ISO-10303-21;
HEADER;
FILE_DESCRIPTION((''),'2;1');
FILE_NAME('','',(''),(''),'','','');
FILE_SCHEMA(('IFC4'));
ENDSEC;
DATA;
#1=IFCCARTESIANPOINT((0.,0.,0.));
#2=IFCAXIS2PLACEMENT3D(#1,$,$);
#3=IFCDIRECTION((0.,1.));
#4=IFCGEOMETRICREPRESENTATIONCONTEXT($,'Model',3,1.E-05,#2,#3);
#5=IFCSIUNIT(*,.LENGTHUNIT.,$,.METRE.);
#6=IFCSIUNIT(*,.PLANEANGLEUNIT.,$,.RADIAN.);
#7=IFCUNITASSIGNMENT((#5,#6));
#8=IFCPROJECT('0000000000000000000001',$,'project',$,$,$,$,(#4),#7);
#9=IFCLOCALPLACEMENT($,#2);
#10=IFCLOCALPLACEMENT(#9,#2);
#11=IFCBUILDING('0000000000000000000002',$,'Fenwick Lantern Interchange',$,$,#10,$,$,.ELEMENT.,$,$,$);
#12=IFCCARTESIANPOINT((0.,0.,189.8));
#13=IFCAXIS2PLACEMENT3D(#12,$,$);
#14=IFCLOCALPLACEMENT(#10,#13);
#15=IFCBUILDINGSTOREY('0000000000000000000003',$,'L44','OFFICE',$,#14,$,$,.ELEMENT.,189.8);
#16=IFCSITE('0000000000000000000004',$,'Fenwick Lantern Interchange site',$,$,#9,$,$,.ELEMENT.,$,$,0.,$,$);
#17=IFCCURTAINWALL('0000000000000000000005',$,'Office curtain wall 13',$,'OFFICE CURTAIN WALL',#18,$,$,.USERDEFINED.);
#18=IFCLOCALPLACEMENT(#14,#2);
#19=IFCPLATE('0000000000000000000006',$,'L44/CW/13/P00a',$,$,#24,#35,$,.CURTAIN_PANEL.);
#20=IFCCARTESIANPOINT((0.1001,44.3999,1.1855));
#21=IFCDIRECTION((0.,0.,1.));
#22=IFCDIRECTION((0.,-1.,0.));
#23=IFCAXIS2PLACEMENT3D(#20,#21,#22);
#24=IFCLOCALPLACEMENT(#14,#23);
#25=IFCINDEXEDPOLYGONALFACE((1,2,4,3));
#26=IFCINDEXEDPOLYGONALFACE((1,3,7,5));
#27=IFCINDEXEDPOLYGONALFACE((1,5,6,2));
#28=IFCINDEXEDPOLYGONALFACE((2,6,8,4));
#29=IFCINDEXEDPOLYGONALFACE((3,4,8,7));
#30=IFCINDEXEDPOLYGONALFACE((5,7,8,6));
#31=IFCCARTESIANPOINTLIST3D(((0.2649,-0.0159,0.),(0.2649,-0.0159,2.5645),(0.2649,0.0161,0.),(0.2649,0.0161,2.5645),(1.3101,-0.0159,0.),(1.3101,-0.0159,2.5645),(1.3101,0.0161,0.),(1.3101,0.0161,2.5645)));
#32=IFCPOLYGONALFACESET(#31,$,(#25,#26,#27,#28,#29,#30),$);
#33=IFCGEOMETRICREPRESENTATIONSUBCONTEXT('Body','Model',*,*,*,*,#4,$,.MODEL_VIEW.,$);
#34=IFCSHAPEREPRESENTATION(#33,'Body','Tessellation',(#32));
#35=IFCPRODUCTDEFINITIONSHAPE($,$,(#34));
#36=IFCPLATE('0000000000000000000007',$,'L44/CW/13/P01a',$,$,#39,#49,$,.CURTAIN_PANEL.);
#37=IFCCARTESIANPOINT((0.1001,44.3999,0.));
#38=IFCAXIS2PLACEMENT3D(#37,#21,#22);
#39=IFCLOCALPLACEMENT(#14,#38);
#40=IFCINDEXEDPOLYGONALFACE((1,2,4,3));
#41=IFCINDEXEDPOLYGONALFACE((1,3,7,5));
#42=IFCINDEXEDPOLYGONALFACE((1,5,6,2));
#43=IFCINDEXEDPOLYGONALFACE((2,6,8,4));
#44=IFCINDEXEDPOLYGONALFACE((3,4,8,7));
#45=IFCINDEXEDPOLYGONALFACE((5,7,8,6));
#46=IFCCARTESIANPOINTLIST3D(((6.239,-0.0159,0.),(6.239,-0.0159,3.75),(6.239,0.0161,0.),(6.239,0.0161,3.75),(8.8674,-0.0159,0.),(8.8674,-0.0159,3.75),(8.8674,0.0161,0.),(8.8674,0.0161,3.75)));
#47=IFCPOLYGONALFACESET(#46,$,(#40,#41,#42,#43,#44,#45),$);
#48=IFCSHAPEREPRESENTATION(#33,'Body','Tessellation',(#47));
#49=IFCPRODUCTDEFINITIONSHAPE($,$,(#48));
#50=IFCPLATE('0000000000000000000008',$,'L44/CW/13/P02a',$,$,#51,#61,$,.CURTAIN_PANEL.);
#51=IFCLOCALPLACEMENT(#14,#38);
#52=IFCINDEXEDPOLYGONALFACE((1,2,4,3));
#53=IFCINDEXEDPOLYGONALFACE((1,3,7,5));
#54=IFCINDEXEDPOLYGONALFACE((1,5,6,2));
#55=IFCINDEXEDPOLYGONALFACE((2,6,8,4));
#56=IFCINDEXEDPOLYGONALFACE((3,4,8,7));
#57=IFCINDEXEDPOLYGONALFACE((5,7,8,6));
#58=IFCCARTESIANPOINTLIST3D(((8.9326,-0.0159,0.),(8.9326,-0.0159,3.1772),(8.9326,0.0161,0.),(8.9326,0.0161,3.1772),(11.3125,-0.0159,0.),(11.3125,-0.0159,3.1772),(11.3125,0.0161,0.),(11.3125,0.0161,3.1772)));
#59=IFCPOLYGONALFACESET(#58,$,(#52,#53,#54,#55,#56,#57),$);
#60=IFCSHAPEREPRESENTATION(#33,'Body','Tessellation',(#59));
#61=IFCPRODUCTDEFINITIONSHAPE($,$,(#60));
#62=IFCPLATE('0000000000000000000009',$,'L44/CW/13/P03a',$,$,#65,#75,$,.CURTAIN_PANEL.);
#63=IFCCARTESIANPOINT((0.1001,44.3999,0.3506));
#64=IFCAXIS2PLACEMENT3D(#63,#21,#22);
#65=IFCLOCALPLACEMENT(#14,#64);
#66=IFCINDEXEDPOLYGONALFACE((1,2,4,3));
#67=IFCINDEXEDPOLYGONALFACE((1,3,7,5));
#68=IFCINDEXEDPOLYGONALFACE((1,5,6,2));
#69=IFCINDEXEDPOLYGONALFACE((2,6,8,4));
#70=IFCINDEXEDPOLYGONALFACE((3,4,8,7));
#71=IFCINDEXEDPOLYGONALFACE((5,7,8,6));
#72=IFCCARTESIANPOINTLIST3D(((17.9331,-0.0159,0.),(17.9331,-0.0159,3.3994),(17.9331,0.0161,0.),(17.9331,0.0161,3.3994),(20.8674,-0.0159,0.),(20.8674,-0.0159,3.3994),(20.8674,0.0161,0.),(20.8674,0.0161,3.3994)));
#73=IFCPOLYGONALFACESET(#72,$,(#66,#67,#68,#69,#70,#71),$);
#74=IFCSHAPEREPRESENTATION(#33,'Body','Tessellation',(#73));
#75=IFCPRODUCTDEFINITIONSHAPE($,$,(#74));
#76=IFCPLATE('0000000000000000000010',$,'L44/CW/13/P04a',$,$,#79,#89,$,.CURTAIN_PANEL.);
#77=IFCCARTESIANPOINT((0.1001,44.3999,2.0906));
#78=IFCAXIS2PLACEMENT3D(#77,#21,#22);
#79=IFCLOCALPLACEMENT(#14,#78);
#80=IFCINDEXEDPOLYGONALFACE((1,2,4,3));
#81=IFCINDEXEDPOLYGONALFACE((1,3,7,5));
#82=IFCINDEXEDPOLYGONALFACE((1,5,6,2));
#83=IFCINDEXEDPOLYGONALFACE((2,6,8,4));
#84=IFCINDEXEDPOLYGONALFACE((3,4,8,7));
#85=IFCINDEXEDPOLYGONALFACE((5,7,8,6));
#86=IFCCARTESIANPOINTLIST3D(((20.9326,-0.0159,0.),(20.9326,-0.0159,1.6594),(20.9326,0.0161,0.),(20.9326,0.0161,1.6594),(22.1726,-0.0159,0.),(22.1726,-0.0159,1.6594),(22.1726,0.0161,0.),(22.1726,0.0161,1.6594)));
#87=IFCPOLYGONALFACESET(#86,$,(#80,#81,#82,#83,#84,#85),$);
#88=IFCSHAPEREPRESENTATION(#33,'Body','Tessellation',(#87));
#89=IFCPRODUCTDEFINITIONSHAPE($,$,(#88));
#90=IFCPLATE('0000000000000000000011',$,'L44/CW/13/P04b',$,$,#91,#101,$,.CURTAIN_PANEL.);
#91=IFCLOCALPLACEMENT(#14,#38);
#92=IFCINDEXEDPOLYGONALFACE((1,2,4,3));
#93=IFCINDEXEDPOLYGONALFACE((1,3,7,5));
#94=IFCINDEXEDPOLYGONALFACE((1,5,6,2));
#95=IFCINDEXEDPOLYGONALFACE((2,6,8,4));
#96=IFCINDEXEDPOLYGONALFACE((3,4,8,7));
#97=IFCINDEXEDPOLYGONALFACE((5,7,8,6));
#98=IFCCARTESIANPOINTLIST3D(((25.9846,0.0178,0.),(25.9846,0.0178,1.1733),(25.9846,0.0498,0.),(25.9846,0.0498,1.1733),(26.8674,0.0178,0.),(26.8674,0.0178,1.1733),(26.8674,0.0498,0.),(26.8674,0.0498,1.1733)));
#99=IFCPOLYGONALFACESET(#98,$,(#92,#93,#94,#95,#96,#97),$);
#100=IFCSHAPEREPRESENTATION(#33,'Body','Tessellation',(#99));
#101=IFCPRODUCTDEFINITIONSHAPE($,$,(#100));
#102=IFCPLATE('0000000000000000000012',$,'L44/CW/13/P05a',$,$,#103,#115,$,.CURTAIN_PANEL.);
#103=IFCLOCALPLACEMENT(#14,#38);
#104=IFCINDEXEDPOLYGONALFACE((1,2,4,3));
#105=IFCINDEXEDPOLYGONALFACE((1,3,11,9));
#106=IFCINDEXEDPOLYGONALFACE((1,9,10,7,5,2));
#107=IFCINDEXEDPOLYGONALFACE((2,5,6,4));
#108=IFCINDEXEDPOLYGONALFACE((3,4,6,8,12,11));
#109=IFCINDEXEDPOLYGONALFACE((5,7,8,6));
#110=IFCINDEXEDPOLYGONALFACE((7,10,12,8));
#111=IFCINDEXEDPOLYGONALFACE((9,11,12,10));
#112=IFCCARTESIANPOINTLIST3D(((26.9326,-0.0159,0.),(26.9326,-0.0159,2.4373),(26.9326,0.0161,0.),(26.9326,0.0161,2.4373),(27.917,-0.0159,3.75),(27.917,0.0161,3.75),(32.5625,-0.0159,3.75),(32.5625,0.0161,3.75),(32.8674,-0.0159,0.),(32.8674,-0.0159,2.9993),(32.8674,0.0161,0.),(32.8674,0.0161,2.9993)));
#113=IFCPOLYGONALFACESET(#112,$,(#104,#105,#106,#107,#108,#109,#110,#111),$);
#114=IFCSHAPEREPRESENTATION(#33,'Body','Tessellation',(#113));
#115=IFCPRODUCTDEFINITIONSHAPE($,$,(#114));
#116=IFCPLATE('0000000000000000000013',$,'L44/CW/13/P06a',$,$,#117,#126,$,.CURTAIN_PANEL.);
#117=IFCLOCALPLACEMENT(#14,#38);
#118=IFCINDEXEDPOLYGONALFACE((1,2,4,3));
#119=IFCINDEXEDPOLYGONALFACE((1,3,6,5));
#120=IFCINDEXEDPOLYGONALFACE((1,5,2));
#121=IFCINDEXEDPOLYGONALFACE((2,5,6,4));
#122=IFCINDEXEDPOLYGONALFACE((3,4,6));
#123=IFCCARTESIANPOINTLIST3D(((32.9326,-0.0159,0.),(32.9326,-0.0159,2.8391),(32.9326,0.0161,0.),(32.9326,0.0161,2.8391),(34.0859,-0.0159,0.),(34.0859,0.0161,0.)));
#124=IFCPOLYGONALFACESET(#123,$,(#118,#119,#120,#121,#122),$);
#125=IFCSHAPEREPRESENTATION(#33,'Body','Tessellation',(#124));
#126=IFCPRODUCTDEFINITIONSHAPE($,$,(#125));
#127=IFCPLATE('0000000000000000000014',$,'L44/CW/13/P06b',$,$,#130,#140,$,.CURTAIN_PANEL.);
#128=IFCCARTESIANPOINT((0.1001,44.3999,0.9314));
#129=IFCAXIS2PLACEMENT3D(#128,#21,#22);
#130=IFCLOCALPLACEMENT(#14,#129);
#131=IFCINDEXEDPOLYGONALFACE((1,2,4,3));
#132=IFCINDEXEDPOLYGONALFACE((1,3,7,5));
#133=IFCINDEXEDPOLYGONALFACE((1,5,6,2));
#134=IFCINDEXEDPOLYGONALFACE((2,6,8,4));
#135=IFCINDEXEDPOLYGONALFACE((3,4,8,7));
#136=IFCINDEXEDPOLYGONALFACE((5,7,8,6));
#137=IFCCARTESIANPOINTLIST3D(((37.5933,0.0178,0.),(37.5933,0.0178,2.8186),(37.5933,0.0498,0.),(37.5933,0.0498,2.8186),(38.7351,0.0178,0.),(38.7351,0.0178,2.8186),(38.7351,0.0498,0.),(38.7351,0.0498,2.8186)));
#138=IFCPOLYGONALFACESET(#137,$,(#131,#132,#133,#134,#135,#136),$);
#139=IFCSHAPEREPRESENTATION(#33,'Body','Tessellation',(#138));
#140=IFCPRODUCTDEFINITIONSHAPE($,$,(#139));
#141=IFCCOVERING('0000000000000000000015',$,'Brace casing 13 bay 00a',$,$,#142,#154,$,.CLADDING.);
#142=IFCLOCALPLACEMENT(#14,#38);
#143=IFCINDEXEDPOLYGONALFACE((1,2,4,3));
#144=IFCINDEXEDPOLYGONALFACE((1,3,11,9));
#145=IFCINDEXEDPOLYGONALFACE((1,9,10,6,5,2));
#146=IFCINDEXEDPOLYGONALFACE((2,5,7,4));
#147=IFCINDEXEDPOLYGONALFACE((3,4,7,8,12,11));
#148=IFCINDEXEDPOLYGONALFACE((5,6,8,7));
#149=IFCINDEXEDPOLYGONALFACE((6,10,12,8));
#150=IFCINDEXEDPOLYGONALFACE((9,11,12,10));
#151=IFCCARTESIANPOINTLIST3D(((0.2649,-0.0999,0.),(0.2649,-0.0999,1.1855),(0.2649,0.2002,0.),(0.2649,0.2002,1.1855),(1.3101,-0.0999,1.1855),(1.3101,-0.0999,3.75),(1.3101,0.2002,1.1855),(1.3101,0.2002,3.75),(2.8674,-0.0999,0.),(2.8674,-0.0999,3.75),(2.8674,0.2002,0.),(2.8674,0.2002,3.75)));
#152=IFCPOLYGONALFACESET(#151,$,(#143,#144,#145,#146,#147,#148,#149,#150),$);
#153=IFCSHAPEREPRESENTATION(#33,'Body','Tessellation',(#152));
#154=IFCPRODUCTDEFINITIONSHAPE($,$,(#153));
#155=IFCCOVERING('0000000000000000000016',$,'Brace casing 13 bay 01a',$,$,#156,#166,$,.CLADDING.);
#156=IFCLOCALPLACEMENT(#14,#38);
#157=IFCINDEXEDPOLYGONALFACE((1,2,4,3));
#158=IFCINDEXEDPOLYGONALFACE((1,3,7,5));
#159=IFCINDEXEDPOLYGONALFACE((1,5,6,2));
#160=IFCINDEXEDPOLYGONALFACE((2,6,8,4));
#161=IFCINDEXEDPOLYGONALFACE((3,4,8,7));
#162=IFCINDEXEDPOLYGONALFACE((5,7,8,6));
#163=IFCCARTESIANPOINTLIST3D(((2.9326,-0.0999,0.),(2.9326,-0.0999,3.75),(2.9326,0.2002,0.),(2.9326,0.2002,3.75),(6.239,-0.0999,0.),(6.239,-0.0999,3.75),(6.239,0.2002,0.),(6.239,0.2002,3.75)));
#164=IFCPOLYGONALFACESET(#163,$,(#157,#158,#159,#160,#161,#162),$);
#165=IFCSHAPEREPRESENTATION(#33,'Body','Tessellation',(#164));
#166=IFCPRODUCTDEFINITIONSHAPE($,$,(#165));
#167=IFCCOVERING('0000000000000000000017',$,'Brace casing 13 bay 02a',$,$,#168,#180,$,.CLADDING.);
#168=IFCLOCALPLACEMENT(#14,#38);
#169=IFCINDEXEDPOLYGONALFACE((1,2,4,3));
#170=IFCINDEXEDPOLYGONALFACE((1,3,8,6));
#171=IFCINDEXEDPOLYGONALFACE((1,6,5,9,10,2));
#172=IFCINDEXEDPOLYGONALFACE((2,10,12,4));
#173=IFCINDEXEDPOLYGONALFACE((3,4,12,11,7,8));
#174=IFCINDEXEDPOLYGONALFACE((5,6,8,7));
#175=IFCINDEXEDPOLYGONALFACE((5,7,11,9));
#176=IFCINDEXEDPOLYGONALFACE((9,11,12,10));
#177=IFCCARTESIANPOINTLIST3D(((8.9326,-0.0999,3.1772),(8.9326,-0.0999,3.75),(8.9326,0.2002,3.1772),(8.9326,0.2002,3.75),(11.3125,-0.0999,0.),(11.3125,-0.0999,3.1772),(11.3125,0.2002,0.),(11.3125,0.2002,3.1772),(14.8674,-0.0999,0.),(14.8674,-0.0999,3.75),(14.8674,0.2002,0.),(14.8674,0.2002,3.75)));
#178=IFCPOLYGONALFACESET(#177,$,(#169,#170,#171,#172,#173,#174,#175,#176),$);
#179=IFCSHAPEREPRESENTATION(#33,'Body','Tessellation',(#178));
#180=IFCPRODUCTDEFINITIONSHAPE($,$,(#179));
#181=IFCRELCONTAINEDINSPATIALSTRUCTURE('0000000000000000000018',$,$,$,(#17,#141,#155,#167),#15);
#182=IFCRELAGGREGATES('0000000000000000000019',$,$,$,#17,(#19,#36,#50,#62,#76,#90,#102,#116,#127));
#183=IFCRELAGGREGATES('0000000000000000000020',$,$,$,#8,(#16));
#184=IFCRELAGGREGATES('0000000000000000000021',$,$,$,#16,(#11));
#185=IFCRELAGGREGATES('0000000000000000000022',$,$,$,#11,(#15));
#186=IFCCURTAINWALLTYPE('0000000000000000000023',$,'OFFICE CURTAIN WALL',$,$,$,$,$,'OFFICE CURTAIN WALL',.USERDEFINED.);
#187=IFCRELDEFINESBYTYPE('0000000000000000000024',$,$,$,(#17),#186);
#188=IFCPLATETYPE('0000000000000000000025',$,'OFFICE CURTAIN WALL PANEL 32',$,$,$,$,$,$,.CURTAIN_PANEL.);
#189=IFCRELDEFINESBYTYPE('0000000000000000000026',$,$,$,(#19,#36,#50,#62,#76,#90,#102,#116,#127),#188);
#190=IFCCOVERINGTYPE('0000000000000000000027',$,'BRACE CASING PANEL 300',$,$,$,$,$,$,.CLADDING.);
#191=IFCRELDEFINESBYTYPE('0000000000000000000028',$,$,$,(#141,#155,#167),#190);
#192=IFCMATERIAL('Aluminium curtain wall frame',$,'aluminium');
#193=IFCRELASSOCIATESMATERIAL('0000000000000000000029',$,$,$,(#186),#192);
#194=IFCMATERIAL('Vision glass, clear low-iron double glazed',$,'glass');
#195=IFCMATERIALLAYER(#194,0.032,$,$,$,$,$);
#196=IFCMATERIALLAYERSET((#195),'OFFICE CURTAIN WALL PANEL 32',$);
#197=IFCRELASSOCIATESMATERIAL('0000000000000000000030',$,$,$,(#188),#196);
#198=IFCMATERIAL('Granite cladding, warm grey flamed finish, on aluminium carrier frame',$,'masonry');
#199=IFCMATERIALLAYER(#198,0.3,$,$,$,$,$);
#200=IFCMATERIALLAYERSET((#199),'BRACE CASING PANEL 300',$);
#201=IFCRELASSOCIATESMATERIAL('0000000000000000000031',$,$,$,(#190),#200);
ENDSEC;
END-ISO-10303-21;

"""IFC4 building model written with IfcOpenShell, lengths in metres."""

from ifc_helpers import new_model, si_unit, direction, frame, origin, place, context, subcontext, project, spatial, polyline, outline, extrude, material, layer, layer_set, type_object, element, aggregate, save


model = new_model("IFC4")

# Units and contexts
model_context = context("Model", 3, precision=1e-05, world=origin(), true_north=direction((0.0, 1.0)))
body_context = subcontext(model_context, "Body", "Model", "MODEL_VIEW")
ifc_project = project(units=[si_unit("LENGTHUNIT", "METRE"), si_unit("PLANEANGLEUNIT", "RADIAN")], contexts=[model_context])

# Site, building, storey
site_placement = place(None, origin())
site = spatial("IfcSite", under=ifc_project, at=site_placement, Name="Fenwick Lantern Interchange site", CompositionType="ELEMENT", RefElevation=0.0)
building_placement = place(site_placement, origin())
building = spatial("IfcBuilding", under=site, at=building_placement, Name="Fenwick Lantern Interchange", CompositionType="ELEMENT")
storey_placement = place(building_placement, frame((0.0, 0.0, 189.8)))
storey = spatial("IfcBuildingStorey", under=building, at=storey_placement, Name="L44", Description="OFFICE", CompositionType="ELEMENT", Elevation=189.8)

# Shared definitions
ifc_material_1 = material(Name="Aluminium curtain wall frame", Category="aluminium")
curtain_wall_type = type_object("IfcCurtainWallType", Name="OFFICE CURTAIN WALL", ElementType="OFFICE CURTAIN WALL", PredefinedType="USERDEFINED", material=ifc_material_1)

# Curtain wall
curtain_wall_1_placement = place(storey_placement, origin())
curtain_wall_1 = element("IfcCurtainWall", 1, at=curtain_wall_1_placement, inside=storey, type_object=curtain_wall_type, Name="Office curtain wall 13", ObjectType="OFFICE CURTAIN WALL", PredefinedType="USERDEFINED")

# Plates
ifc_material_2 = material(Name="Vision glass, clear low-iron double glazed", Category="glass")
ifc_layer_1 = layer(ifc_material_2, 0.032)
ifc_layer_set_1 = layer_set([ifc_layer_1], Name="OFFICE CURTAIN WALL PANEL 32")
plate_type = type_object("IfcPlateType", Name="OFFICE CURTAIN WALL PANEL 32", PredefinedType="CURTAIN_PANEL", material=ifc_layer_set_1)
plate_1_placement = place(storey_placement, frame((0.1001, 44.3999, 1.1855), z_axis=(0.0, 0.0, 1.0), x_axis=(0.0, -1.0, 0.0)))
plate_1 = element("IfcPlate", 2, at=plate_1_placement, type_object=plate_type, Name="L44/CW/13/P00a", PredefinedType="CURTAIN_PANEL", context=body_context, shape_type="SweptSolid", body=[
    extrude(outline(polyline([(0.2649, 0.0), (1.3101, 0.0), (1.3101, 2.5645), (0.2649, 2.5645), (0.2649, 0.0)])), frame((0.0, 0.0161, 0.0), z_axis=(0.0, -1.0, 0.0), x_axis=(1.0, 0.0, 0.0)), (0.0, 0.0, 1.0), 0.032),
])
plate_2_placement = place(storey_placement, frame((0.1001, 44.3999, 0.0), z_axis=(0.0, 0.0, 1.0), x_axis=(0.0, -1.0, 0.0)))
plate_2 = element("IfcPlate", 3, at=plate_2_placement, type_object=plate_type, Name="L44/CW/13/P01a", PredefinedType="CURTAIN_PANEL", context=body_context, shape_type="SweptSolid", body=[
    extrude(outline(polyline([(6.239, 0.0), (8.8674, 0.0), (8.8674, 3.75), (6.239, 3.75), (6.239, 0.0)])), frame((0.0, 0.0161, 0.0), z_axis=(0.0, -1.0, 0.0), x_axis=(1.0, 0.0, 0.0)), (0.0, 0.0, 1.0), 0.032),
])
plate_3_placement = place(storey_placement, frame((0.1001, 44.3999, 0.0), z_axis=(0.0, 0.0, 1.0), x_axis=(0.0, -1.0, 0.0)))
plate_3 = element("IfcPlate", 4, at=plate_3_placement, type_object=plate_type, Name="L44/CW/13/P02a", PredefinedType="CURTAIN_PANEL", context=body_context, shape_type="SweptSolid", body=[
    extrude(outline(polyline([(8.9326, 0.0), (11.3125, 0.0), (11.3125, 3.1772), (8.9326, 3.1772), (8.9326, 0.0)])), frame((0.0, 0.0161, 0.0), z_axis=(0.0, -1.0, 0.0), x_axis=(1.0, 0.0, 0.0)), (0.0, 0.0, 1.0), 0.032),
])
plate_4_placement = place(storey_placement, frame((0.1001, 44.3999, 0.3506), z_axis=(0.0, 0.0, 1.0), x_axis=(0.0, -1.0, 0.0)))
plate_4 = element("IfcPlate", 5, at=plate_4_placement, type_object=plate_type, Name="L44/CW/13/P03a", PredefinedType="CURTAIN_PANEL", context=body_context, shape_type="SweptSolid", body=[
    extrude(outline(polyline([(17.9331, 0.0), (20.8674, 0.0), (20.8674, 3.3994), (17.9331, 3.3994), (17.9331, 0.0)])), frame((0.0, 0.0161, 0.0), z_axis=(0.0, -1.0, 0.0), x_axis=(1.0, 0.0, 0.0)), (0.0, 0.0, 1.0), 0.032),
])
plate_5_placement = place(storey_placement, frame((0.1001, 44.3999, 2.0906), z_axis=(0.0, 0.0, 1.0), x_axis=(0.0, -1.0, 0.0)))
plate_5 = element("IfcPlate", 6, at=plate_5_placement, type_object=plate_type, Name="L44/CW/13/P04a", PredefinedType="CURTAIN_PANEL", context=body_context, shape_type="SweptSolid", body=[
    extrude(outline(polyline([(20.9326, 0.0), (22.1726, 0.0), (22.1726, 1.6594), (20.9326, 1.6594), (20.9326, 0.0)])), frame((0.0, 0.0161, 0.0), z_axis=(0.0, -1.0, 0.0), x_axis=(1.0, 0.0, 0.0)), (0.0, 0.0, 1.0), 0.032),
])
plate_6_placement = place(storey_placement, frame((0.1001, 44.3999, 0.0), z_axis=(0.0, 0.0, 1.0), x_axis=(0.0, -1.0, 0.0)))
plate_6 = element("IfcPlate", 7, at=plate_6_placement, type_object=plate_type, Name="L44/CW/13/P04b", PredefinedType="CURTAIN_PANEL", context=body_context, shape_type="SweptSolid", body=[
    extrude(outline(polyline([(25.9846, 0.0), (26.8674, 0.0), (26.8674, 1.1733), (25.9846, 1.1733), (25.9846, 0.0)])), frame((0.0, 0.0498, 0.0), z_axis=(0.0, -1.0, 0.0), x_axis=(1.0, 0.0, 0.0)), (0.0, 0.0, 1.0), 0.032),
])
plate_7_placement = place(storey_placement, frame((0.1001, 44.3999, 0.0), z_axis=(0.0, 0.0, 1.0), x_axis=(0.0, -1.0, 0.0)))
plate_7 = element("IfcPlate", 8, at=plate_7_placement, type_object=plate_type, Name="L44/CW/13/P05a", PredefinedType="CURTAIN_PANEL", context=body_context, shape_type="SweptSolid", body=[
    extrude(outline(polyline([(26.9326, 0.0), (32.8674, 0.0), (32.8674, 2.9993), (32.5625, 3.75), (27.917, 3.75), (26.9326, 2.4373), (26.9326, 0.0)])), frame((0.0, 0.0161, 0.0), z_axis=(0.0, -1.0, 0.0), x_axis=(1.0, 0.0, 0.0)), (0.0, 0.0, 1.0), 0.032),
])
plate_8_placement = place(storey_placement, frame((0.1001, 44.3999, 0.0), z_axis=(0.0, 0.0, 1.0), x_axis=(0.0, -1.0, 0.0)))
plate_8 = element("IfcPlate", 9, at=plate_8_placement, type_object=plate_type, Name="L44/CW/13/P06a", PredefinedType="CURTAIN_PANEL", context=body_context, shape_type="SweptSolid", body=[
    extrude(outline(polyline([(32.9326, 0.0), (34.0859, 0.0), (32.9326, 2.8391), (32.9326, 0.0)])), frame((0.0, 0.0161, 0.0), z_axis=(0.0, -1.0, 0.0), x_axis=(1.0, 0.0, 0.0)), (0.0, 0.0, 1.0), 0.032),
])
plate_9_placement = place(storey_placement, frame((0.1001, 44.3999, 0.9314), z_axis=(0.0, 0.0, 1.0), x_axis=(0.0, -1.0, 0.0)))
plate_9 = element("IfcPlate", 10, at=plate_9_placement, type_object=plate_type, Name="L44/CW/13/P06b", PredefinedType="CURTAIN_PANEL", context=body_context, shape_type="SweptSolid", body=[
    extrude(outline(polyline([(37.5933, 0.0), (38.7351, 0.0), (38.7351, 2.8186), (37.5933, 2.8186), (37.5933, 0.0)])), frame((0.0, 0.0498, 0.0), z_axis=(0.0, -1.0, 0.0), x_axis=(1.0, 0.0, 0.0)), (0.0, 0.0, 1.0), 0.032),
])
aggregate(curtain_wall_1, [plate_1, plate_2, plate_3, plate_4, plate_5, plate_6, plate_7, plate_8, plate_9])

# Coverings
ifc_material_3 = material(Name="Granite cladding, warm grey flamed finish, on aluminium carrier frame", Category="masonry")
ifc_layer_2 = layer(ifc_material_3, 0.3)
ifc_layer_set_2 = layer_set([ifc_layer_2], Name="BRACE CASING PANEL 300")
covering_type = type_object("IfcCoveringType", Name="BRACE CASING PANEL 300", PredefinedType="CLADDING", material=ifc_layer_set_2)
covering_1_placement = place(storey_placement, frame((0.1001, 44.3999, 0.0), z_axis=(0.0, 0.0, 1.0), x_axis=(0.0, -1.0, 0.0)))
element("IfcCovering", 11, at=covering_1_placement, inside=storey, type_object=covering_type, Name="Brace casing 13 bay 00a", PredefinedType="CLADDING", context=body_context, shape_type="SweptSolid", body=[
    extrude(outline(polyline([(0.2649, 0.0), (2.8674, 0.0), (2.8674, 3.75), (1.3101, 3.75), (1.3101, 1.1855), (0.2649, 1.1855), (0.2649, 0.0)])), frame((0.0, 0.2002, 0.0), z_axis=(0.0, -1.0, 0.0), x_axis=(1.0, 0.0, 0.0)), (0.0, 0.0, 1.0), 0.3),
])
covering_2_placement = place(storey_placement, frame((0.1001, 44.3999, 0.0), z_axis=(0.0, 0.0, 1.0), x_axis=(0.0, -1.0, 0.0)))
element("IfcCovering", 12, at=covering_2_placement, inside=storey, type_object=covering_type, Name="Brace casing 13 bay 01a", PredefinedType="CLADDING", context=body_context, shape_type="SweptSolid", body=[
    extrude(outline(polyline([(2.9326, 0.0), (6.239, 0.0), (6.239, 3.75), (2.9326, 3.75), (2.9326, 0.0)])), frame((0.0, 0.2002, 0.0), z_axis=(0.0, -1.0, 0.0), x_axis=(1.0, 0.0, 0.0)), (0.0, 0.0, 1.0), 0.3),
])
covering_3_placement = place(storey_placement, frame((0.1001, 44.3999, 0.0), z_axis=(0.0, 0.0, 1.0), x_axis=(0.0, -1.0, 0.0)))
element("IfcCovering", 13, at=covering_3_placement, inside=storey, type_object=covering_type, Name="Brace casing 13 bay 02a", PredefinedType="CLADDING", context=body_context, shape_type="SweptSolid", body=[
    extrude(outline(polyline([(11.3125, 0.0), (14.8674, 0.0), (14.8674, 3.75), (8.9326, 3.75), (8.9326, 3.1772), (11.3125, 3.1772), (11.3125, 0.0)])), frame((0.0, 0.2002, 0.0), z_axis=(0.0, -1.0, 0.0), x_axis=(1.0, 0.0, 0.0)), (0.0, 0.0, 1.0), 0.3),
])

save(model, "model.ifc")
